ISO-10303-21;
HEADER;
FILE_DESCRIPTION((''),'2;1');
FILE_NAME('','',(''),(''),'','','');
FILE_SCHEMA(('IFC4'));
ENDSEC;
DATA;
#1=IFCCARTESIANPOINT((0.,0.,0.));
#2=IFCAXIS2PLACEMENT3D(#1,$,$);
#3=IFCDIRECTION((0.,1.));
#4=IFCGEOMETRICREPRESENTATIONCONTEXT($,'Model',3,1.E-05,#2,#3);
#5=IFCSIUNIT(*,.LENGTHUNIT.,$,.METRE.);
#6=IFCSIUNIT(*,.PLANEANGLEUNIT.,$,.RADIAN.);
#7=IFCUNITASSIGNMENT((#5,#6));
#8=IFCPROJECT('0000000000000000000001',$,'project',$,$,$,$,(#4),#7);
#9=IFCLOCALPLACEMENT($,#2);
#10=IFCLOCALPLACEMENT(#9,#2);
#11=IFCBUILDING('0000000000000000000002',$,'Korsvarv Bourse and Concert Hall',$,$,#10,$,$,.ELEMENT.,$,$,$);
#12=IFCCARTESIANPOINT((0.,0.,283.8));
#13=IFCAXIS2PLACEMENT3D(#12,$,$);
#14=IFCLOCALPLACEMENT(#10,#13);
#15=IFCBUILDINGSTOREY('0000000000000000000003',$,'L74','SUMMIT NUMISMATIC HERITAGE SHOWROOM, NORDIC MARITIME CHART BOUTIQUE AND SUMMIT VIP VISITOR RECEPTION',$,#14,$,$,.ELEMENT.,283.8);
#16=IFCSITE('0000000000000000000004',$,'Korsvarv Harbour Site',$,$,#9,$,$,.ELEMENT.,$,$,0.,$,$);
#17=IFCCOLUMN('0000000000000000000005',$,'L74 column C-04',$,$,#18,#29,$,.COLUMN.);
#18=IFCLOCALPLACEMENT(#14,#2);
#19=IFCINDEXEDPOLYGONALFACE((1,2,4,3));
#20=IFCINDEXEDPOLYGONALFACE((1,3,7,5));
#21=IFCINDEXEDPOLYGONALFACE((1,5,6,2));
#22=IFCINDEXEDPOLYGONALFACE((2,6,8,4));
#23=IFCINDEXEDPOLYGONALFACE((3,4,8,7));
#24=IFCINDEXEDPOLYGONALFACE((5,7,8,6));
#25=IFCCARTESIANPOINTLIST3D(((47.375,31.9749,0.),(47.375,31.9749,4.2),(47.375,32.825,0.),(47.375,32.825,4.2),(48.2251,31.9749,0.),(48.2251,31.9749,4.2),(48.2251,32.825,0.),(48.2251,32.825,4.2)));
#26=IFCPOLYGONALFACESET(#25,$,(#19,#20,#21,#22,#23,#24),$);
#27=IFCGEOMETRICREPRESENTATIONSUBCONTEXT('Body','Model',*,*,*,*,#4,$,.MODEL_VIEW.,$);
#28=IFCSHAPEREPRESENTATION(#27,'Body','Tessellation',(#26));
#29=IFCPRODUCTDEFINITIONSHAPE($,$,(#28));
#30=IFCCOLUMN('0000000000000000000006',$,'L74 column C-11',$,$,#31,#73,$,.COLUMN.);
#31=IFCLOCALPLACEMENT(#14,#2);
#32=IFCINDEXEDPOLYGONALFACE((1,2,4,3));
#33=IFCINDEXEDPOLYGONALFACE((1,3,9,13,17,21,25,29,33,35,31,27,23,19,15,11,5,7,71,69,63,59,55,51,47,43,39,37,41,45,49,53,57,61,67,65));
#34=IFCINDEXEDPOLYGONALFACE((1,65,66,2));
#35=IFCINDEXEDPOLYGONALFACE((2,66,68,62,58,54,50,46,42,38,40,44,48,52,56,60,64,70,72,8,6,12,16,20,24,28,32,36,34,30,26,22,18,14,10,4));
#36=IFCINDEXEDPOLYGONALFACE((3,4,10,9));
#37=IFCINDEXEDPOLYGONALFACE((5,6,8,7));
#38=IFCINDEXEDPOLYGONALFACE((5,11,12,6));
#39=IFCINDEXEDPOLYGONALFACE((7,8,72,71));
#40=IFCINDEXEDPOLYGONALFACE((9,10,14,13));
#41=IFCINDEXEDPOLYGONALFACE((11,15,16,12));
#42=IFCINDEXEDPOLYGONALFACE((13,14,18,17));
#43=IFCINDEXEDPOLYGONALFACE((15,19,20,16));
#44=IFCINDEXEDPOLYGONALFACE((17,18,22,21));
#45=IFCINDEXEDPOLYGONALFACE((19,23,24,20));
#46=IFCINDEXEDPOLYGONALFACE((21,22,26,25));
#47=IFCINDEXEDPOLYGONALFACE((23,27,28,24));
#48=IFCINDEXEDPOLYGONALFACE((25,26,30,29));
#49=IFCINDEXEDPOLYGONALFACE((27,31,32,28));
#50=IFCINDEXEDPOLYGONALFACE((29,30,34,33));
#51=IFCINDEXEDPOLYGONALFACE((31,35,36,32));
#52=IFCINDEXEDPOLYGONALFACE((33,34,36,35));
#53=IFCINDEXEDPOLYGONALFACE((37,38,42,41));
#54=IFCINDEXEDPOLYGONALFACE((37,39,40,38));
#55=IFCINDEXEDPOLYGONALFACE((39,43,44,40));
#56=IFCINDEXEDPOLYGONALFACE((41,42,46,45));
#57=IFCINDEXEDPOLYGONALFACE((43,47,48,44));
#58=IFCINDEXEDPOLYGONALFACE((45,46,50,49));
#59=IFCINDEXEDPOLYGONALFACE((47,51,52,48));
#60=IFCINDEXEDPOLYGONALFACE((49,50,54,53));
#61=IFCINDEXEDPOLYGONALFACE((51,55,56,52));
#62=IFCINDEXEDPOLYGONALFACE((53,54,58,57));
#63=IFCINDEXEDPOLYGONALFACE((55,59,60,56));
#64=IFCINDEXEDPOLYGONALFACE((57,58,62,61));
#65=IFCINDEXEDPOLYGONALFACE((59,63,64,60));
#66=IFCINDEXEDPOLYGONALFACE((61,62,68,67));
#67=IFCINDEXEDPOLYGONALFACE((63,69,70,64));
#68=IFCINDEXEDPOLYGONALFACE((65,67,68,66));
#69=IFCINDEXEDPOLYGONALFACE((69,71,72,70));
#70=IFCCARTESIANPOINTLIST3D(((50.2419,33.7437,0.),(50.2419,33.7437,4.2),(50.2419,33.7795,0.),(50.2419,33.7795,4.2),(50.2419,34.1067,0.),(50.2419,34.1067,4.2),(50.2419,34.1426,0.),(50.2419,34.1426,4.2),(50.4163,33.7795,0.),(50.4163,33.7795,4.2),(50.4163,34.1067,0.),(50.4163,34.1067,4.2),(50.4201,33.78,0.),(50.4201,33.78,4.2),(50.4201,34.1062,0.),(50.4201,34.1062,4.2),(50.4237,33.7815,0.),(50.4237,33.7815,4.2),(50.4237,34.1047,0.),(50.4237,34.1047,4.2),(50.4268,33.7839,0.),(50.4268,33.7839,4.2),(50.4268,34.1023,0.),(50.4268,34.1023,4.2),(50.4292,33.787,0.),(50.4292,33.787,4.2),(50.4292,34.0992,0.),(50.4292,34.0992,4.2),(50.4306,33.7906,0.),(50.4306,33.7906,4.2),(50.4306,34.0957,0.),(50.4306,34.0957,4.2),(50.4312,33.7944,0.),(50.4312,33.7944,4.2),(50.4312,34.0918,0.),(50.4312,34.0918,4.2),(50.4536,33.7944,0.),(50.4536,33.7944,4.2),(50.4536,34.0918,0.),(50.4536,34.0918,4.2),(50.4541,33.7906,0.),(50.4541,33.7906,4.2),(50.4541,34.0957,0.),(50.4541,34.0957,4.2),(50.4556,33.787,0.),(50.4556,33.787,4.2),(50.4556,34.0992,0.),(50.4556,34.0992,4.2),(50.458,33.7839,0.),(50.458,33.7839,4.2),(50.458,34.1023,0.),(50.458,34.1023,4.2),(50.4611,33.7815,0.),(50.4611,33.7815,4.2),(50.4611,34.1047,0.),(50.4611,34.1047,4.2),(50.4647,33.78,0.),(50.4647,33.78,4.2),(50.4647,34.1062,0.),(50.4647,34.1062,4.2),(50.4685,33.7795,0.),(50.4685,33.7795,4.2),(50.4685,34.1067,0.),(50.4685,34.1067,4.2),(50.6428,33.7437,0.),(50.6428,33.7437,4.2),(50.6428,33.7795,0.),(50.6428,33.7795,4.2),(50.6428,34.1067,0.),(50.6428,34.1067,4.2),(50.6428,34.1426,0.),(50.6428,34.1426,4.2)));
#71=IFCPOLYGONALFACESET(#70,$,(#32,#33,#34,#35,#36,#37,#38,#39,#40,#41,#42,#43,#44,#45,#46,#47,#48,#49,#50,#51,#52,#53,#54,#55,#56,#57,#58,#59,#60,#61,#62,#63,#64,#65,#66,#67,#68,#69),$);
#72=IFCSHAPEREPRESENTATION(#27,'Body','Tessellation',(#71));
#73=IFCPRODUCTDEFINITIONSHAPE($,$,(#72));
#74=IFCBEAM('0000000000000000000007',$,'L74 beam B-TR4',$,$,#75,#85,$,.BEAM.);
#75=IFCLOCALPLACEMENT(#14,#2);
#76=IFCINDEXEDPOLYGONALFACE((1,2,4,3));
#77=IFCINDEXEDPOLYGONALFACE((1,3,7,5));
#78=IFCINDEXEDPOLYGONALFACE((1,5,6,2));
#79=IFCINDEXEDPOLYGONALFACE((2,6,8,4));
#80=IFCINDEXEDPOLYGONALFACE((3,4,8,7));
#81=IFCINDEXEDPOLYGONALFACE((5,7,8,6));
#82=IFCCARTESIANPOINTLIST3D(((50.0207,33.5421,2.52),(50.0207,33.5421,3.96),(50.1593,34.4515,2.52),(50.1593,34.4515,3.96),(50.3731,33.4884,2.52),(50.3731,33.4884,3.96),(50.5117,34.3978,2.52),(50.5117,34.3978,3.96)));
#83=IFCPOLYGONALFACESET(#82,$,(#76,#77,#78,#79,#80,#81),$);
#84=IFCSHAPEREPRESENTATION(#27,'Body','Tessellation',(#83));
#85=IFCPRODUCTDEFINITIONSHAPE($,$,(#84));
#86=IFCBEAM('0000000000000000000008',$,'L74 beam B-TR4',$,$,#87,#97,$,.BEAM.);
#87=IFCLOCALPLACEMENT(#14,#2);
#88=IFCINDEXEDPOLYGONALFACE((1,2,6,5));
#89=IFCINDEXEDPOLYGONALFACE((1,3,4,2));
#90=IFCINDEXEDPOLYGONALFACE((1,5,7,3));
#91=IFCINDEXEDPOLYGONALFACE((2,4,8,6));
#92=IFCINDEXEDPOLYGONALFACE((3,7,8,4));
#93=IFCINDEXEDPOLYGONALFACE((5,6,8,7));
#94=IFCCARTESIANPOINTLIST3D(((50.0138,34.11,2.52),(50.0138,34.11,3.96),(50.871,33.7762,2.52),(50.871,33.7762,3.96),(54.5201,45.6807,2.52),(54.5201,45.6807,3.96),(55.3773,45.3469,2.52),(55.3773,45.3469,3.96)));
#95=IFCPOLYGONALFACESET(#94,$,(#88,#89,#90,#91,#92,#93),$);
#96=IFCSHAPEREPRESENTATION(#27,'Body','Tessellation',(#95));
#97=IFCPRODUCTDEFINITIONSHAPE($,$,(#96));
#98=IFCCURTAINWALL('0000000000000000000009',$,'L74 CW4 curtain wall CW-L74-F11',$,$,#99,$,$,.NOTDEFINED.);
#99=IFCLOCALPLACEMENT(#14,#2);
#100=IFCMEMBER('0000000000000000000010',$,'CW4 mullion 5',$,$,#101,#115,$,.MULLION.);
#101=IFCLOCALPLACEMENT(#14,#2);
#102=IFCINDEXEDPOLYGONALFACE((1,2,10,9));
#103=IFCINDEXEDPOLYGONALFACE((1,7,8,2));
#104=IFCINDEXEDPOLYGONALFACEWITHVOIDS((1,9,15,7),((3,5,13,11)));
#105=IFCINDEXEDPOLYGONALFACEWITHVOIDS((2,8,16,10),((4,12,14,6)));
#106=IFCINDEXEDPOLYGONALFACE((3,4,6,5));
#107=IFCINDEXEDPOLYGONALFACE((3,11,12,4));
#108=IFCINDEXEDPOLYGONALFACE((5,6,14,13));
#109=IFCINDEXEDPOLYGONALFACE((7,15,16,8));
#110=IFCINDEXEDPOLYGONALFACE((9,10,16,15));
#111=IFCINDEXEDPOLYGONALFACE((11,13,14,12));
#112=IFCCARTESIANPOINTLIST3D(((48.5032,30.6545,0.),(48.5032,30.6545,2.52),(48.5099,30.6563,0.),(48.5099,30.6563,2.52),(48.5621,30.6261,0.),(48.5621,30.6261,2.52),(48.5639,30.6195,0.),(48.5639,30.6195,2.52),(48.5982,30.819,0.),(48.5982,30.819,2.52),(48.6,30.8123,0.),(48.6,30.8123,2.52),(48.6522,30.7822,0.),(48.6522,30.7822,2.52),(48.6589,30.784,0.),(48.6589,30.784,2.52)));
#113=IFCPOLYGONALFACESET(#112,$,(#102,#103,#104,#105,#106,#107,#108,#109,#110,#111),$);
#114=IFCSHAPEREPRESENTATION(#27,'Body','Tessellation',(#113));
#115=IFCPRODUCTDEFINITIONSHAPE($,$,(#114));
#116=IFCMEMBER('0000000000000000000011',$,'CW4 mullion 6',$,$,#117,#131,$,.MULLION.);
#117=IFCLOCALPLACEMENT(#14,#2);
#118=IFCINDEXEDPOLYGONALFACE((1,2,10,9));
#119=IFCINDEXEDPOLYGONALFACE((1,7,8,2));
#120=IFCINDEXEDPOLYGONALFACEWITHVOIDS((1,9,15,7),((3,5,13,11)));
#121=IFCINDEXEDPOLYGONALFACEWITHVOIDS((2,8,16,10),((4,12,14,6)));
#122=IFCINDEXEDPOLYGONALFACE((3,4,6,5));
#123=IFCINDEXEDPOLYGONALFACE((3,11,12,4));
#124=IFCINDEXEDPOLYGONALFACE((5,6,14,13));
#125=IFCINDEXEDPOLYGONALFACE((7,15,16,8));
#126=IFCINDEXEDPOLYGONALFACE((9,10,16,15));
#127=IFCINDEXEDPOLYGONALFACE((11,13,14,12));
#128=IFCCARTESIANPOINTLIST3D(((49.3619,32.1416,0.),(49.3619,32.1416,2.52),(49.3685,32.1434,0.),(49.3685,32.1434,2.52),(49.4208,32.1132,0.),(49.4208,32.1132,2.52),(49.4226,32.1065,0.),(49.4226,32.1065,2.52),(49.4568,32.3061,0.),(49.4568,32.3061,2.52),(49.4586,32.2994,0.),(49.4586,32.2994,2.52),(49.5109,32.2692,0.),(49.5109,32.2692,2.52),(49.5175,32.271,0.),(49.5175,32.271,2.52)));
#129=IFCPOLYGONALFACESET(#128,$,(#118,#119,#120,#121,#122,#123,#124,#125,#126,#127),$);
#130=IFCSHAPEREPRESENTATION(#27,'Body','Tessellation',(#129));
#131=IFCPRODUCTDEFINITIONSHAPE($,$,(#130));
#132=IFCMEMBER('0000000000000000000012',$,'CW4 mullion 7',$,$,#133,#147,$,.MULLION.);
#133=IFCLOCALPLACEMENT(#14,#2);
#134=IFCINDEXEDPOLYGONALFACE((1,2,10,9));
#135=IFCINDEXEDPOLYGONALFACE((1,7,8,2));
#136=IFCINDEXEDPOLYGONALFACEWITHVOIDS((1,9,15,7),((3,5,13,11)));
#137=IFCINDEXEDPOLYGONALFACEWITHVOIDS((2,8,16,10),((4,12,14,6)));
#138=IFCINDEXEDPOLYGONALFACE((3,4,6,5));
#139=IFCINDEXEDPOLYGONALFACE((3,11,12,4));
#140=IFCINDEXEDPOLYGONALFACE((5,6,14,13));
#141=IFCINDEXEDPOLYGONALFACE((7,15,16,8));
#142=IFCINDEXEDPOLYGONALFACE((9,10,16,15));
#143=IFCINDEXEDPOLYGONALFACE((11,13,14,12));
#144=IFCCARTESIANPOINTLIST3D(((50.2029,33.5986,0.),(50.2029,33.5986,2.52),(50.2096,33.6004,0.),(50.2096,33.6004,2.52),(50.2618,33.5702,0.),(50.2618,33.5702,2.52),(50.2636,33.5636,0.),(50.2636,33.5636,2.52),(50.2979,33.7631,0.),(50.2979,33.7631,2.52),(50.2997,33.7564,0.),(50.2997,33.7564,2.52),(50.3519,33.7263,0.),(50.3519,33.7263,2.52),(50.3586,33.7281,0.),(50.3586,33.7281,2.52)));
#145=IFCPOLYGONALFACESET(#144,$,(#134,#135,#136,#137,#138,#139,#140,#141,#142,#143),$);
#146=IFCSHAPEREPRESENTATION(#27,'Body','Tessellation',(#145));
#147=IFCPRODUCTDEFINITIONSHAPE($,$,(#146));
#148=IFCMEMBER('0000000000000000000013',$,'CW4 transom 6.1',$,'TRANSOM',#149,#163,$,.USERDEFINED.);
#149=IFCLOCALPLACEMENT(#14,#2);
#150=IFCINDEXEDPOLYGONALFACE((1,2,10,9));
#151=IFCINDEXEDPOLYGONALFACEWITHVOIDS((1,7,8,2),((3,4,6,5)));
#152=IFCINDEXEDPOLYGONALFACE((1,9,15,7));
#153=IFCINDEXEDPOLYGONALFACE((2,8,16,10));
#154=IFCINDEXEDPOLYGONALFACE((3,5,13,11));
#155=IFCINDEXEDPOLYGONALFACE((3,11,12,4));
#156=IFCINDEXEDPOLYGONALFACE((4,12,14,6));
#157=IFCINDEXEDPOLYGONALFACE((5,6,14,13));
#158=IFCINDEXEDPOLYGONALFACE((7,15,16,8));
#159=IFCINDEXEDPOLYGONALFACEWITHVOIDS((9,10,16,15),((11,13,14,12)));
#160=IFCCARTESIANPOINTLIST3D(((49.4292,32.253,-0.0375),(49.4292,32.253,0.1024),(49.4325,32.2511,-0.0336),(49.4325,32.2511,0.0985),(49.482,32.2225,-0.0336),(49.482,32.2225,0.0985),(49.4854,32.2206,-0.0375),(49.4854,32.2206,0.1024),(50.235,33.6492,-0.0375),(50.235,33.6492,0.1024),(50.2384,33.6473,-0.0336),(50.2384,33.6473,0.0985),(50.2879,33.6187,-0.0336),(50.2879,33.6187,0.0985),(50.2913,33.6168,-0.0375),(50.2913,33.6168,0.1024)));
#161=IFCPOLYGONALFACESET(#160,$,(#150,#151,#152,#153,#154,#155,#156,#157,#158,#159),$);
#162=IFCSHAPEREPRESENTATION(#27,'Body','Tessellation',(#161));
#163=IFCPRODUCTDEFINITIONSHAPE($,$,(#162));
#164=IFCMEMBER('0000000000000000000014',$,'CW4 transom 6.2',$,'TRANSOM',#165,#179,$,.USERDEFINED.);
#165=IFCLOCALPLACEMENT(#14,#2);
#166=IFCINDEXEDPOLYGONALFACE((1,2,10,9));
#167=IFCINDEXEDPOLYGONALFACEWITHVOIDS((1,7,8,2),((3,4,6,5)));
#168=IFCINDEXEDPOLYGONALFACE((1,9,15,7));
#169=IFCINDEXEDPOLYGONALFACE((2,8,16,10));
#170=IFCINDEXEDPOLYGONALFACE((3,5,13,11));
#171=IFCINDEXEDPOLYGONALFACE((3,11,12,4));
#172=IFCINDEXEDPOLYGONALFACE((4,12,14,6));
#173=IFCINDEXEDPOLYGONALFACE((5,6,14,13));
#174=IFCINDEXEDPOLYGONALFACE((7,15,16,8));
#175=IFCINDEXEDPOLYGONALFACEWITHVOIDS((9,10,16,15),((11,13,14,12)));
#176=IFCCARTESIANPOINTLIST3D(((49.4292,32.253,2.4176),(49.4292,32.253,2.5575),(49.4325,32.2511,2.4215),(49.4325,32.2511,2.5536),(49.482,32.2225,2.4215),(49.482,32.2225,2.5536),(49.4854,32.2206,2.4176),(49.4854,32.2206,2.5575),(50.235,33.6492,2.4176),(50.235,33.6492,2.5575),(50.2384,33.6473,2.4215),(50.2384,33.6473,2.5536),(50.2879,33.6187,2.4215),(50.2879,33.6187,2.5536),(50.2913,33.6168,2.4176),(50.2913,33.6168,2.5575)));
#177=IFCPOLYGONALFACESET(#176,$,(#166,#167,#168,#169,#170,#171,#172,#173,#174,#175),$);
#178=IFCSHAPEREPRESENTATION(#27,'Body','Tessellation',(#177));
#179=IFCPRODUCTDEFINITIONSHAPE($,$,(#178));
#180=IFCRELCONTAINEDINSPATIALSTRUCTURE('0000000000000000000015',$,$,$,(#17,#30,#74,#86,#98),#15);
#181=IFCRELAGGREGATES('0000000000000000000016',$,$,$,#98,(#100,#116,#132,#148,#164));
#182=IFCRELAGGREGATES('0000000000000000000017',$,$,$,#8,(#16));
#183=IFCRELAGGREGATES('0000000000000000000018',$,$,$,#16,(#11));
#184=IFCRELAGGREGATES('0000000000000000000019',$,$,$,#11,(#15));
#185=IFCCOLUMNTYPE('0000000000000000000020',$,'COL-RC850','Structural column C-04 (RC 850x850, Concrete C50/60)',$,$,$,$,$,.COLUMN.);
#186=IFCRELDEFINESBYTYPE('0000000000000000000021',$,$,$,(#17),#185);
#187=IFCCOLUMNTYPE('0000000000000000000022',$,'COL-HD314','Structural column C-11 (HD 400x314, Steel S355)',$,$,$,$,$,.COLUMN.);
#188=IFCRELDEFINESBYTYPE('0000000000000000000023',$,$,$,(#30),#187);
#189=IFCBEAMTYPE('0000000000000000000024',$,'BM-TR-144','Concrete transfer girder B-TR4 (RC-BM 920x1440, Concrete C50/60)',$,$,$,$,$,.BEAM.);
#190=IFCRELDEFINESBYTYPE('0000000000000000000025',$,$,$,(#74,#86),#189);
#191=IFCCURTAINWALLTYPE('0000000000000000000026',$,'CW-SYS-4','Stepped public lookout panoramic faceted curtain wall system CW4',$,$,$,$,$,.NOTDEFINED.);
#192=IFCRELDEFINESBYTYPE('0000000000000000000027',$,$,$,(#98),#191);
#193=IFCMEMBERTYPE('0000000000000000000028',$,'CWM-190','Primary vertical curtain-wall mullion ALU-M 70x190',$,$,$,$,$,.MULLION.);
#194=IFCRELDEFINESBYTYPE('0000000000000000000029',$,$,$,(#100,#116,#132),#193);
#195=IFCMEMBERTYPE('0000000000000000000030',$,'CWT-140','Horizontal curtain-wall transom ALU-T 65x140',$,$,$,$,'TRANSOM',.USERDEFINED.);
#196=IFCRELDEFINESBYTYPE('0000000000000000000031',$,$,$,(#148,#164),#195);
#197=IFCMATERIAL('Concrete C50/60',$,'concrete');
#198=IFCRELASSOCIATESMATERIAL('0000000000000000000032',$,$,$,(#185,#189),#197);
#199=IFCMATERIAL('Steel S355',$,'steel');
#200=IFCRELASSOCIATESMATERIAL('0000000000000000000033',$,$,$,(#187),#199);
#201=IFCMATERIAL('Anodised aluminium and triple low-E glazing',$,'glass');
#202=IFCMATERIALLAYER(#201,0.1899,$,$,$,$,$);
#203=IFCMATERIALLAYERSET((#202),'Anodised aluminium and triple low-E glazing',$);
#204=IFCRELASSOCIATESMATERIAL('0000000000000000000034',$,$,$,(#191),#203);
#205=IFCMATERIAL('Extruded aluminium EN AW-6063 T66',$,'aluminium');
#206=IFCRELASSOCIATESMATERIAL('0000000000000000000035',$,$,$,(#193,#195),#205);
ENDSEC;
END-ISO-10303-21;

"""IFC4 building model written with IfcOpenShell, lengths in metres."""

from ifc_helpers import new_model, si_unit, direction, frame, origin, origin_2d, place, context, subcontext, project, spatial, rectangle, hollow_rectangle, i_section, extrude, source, transform, mapped, material, layer, layer_set, material_profile, profile_set, type_object, element, aggregate, save


model = new_model("IFC4")

# Units and contexts
model_context = context("Model", 3, precision=1e-05, world=origin(), true_north=direction((0.0, 1.0)))
body_context = subcontext(model_context, "Body", "Model", "MODEL_VIEW")
ifc_project = project(units=[si_unit("LENGTHUNIT", "METRE"), si_unit("PLANEANGLEUNIT", "RADIAN")], contexts=[model_context])

# Site, building, storey
site_placement = place(None, origin())
site = spatial("IfcSite", under=ifc_project, at=site_placement, Name="Korsvarv Harbour Site", CompositionType="ELEMENT", RefElevation=0.0)
building_placement = place(site_placement, origin())
building = spatial("IfcBuilding", under=site, at=building_placement, Name="Korsvarv Bourse and Concert Hall", CompositionType="ELEMENT")
storey_placement = place(building_placement, frame((0.0, 0.0, 283.8)))
storey = spatial("IfcBuildingStorey", under=building, at=storey_placement, Name="L74", Description="SUMMIT NUMISMATIC HERITAGE SHOWROOM, NORDIC MARITIME CHART BOUTIQUE AND SUMMIT VIP VISITOR RECEPTION", CompositionType="ELEMENT", Elevation=283.8)

# Columns
ifc_material_1 = material(Name="Concrete C50/60", Category="concrete")
ifc_material_profile_1 = material_profile(ifc_material_1, rectangle(XDim=0.8501, YDim=0.8501, at=origin_2d()), Name="RC 850x850")
ifc_profile_set_1 = profile_set([ifc_material_profile_1], Name="Concrete C50/60")
column_type_1 = type_object("IfcColumnType", Name="COL-RC850", Description="Structural column C-04 (RC 850x850, Concrete C50/60)", PredefinedType="COLUMN", material=ifc_profile_set_1)
shared_shape_1 = source(origin(), body_context, "Body", "SweptSolid", [
    extrude(rectangle(XDim=0.8501, YDim=0.8501, at=origin_2d()), origin(), (0.0, 0.0, 1.0), 4.2),
])
column_1_placement = place(storey_placement, frame((47.8, 32.3999, 0.0), z_axis=(0.0, 0.0, 1.0), x_axis=(1.0, 0.0, 0.0)))
element("IfcColumn", 1, at=column_1_placement, inside=storey, type_object=column_type_1, Name="L74 column C-04", PredefinedType="COLUMN", context=body_context, shape_type="MappedRepresentation", body=[
    mapped(shared_shape_1, transform((0.0, 0.0, 0.0), scale=1.0)),
])
ifc_material_2 = material(Name="Steel S355", Category="steel")
ifc_material_profile_2 = material_profile(ifc_material_2, i_section(OverallWidth=0.4009, OverallDepth=0.3989, WebThickness=0.0225, FlangeThickness=0.0359, FilletRadius=0.0149, at=origin_2d()), Name="HD 400x314")
ifc_profile_set_2 = profile_set([ifc_material_profile_2], Name="Steel S355")
column_type_2 = type_object("IfcColumnType", Name="COL-HD314", Description="Structural column C-11 (HD 400x314, Steel S355)", PredefinedType="COLUMN", material=ifc_profile_set_2)
shared_shape_2 = source(origin(), body_context, "Body", "SweptSolid", [
    extrude(i_section(OverallWidth=0.4009, OverallDepth=0.3989, WebThickness=0.0225, FlangeThickness=0.0359, FilletRadius=0.0149, at=origin_2d()), origin(), (0.0, 0.0, 1.0), 4.2),
])
column_2_placement = place(storey_placement, frame((50.4424, 33.9431, 0.0), z_axis=(0.0, 0.0, 1.0), x_axis=(1.0, 0.0, 0.0)))
element("IfcColumn", 2, at=column_2_placement, inside=storey, type_object=column_type_2, Name="L74 column C-11", PredefinedType="COLUMN", context=body_context, shape_type="MappedRepresentation", body=[
    mapped(shared_shape_2, transform((0.0, 0.0, 0.0), scale=1.0)),
])

# Beams
ifc_material_profile_3 = material_profile(ifc_material_1, rectangle(XDim=0.9199, YDim=1.4399, at=origin_2d()), Name="RC-BM 920x1440")
ifc_profile_set_3 = profile_set([ifc_material_profile_3], Name="Concrete C50/60")
beam_type = type_object("IfcBeamType", Name="BM-TR-144", Description="Concrete transfer girder B-TR4 (RC-BM 920x1440, Concrete C50/60)", PredefinedType="BEAM", material=ifc_profile_set_3)
shared_shape_3 = source(origin(), body_context, "Body", "SweptSolid", [
    extrude(rectangle(XDim=0.9199, YDim=1.4399, at=origin_2d()), origin(), (0.0, 0.0, 1.0), 0.3564),
])
beam_1_placement = place(storey_placement, frame((50.4424, 33.9431, 3.24), z_axis=(-0.988577, 0.150719, 0.0), x_axis=(-0.150719, -0.988577, 0.0)))
element("IfcBeam", 3, at=beam_1_placement, inside=storey, type_object=beam_type, Name="L74 beam B-TR4", PredefinedType="BEAM", context=body_context, shape_type="MappedRepresentation", body=[
    mapped(shared_shape_3, transform((0.0, 0.0, 0.0), scale=1.0)),
])
shared_shape_4 = source(origin(), body_context, "Body", "SweptSolid", [
    extrude(rectangle(XDim=0.9199, YDim=1.4399, at=origin_2d()), origin(), (0.0, 0.0, 1.0), 12.4172),
])
beam_2_placement = place(storey_placement, frame((50.4424, 33.9431, 3.24), z_axis=(0.362907, 0.931825, 0.0), x_axis=(-0.931825, 0.362907, 0.0)))
element("IfcBeam", 4, at=beam_2_placement, inside=storey, type_object=beam_type, Name="L74 beam B-TR4", PredefinedType="BEAM", context=body_context, shape_type="MappedRepresentation", body=[
    mapped(shared_shape_4, transform((0.0, 0.0, 0.0), scale=1.0)),
])

# Curtain wall, members
ifc_material_3 = material(Name="Anodised aluminium and triple low-E glazing", Category="glass")
ifc_layer_1 = layer(ifc_material_3, 0.1899)
ifc_layer_set_1 = layer_set([ifc_layer_1], Name="Anodised aluminium and triple low-E glazing")
curtain_wall_type = type_object("IfcCurtainWallType", Name="CW-SYS-4", Description="Stepped public lookout panoramic faceted curtain wall system CW4", PredefinedType="NOTDEFINED", material=ifc_layer_set_1)
curtain_wall_placement = place(storey_placement, origin())
curtain_wall = element("IfcCurtainWall", 5, at=curtain_wall_placement, inside=storey, type_object=curtain_wall_type, Name="L74 CW4 curtain wall CW-L74-F11", PredefinedType="NOTDEFINED")
ifc_material_4 = material(Name="Extruded aluminium EN AW-6063 T66", Category="aluminium")
ifc_material_profile_4 = material_profile(ifc_material_4, hollow_rectangle(XDim=0.0701, YDim=0.1899, WallThickness=0.0049, at=origin_2d()), Name="ALU-M 70x190")
ifc_profile_set_4 = profile_set([ifc_material_profile_4], Name="Extruded aluminium EN AW-6063 T66")
member_type_1 = type_object("IfcMemberType", Name="CWM-190", Description="Primary vertical curtain-wall mullion ALU-M 70x190", PredefinedType="MULLION", material=ifc_profile_set_4)
shared_shape_5 = source(origin(), body_context, "Body", "SweptSolid", [
    extrude(hollow_rectangle(XDim=0.0701, YDim=0.1899, WallThickness=0.0049, at=origin_2d()), origin(), (0.0, 0.0, 1.0), 2.52),
])
member_1_placement = place(storey_placement, frame((48.5811, 30.7192, 0.0), z_axis=(0.0, 0.0, 1.0), x_axis=(-0.866028, 0.499996, 0.0)))
member_1 = element("IfcMember", 6, at=member_1_placement, type_object=member_type_1, Name="CW4 mullion 5", PredefinedType="MULLION", context=body_context, shape_type="MappedRepresentation", body=[
    mapped(shared_shape_5, transform((0.0, 0.0, 0.0), scale=1.0)),
])
member_2_placement = place(storey_placement, frame((49.4397, 32.2063, 0.0), z_axis=(0.0, 0.0, 1.0), x_axis=(-0.866028, 0.499996, 0.0)))
member_2 = element("IfcMember", 7, at=member_2_placement, type_object=member_type_1, Name="CW4 mullion 6", PredefinedType="MULLION", context=body_context, shape_type="MappedRepresentation", body=[
    mapped(shared_shape_5, transform((0.0, 0.0, 0.0), scale=1.0)),
])
member_3_placement = place(storey_placement, frame((50.2808, 33.6633, 0.0), z_axis=(0.0, 0.0, 1.0), x_axis=(-0.866028, 0.499996, 0.0)))
member_3 = element("IfcMember", 8, at=member_3_placement, type_object=member_type_1, Name="CW4 mullion 7", PredefinedType="MULLION", context=body_context, shape_type="MappedRepresentation", body=[
    mapped(shared_shape_5, transform((0.0, 0.0, 0.0), scale=1.0)),
])
ifc_material_profile_5 = material_profile(ifc_material_4, hollow_rectangle(XDim=0.0649, YDim=0.1399, WallThickness=0.0039, at=origin_2d()), Name="ALU-T 65x140")
ifc_profile_set_5 = profile_set([ifc_material_profile_5], Name="Extruded aluminium EN AW-6063 T66")
member_type_2 = type_object("IfcMemberType", Name="CWT-140", Description="Horizontal curtain-wall transom ALU-T 65x140", ElementType="TRANSOM", PredefinedType="USERDEFINED", material=ifc_profile_set_5)
shared_shape_6 = source(origin(), body_context, "Body", "SweptSolid", [
    extrude(hollow_rectangle(XDim=0.0649, YDim=0.1399, WallThickness=0.0039, at=origin_2d()), origin(), (0.0, 0.0, 1.0), 1.6121),
])
member_4_placement = place(storey_placement, frame((49.4573, 32.2368, 0.0325), z_axis=(0.499902, 0.866082, 0.0), x_axis=(-0.866082, 0.499902, 0.0)))
member_4 = element("IfcMember", 9, at=member_4_placement, type_object=member_type_2, Name="CW4 transom 6.1", ObjectType="TRANSOM", PredefinedType="USERDEFINED", context=body_context, shape_type="MappedRepresentation", body=[
    mapped(shared_shape_6, transform((0.0, 0.0, 0.0), scale=1.0)),
])
member_5_placement = place(storey_placement, frame((49.4573, 32.2368, 2.4875), z_axis=(0.499902, 0.866082, 0.0), x_axis=(-0.866082, 0.499902, 0.0)))
member_5 = element("IfcMember", 10, at=member_5_placement, type_object=member_type_2, Name="CW4 transom 6.2", ObjectType="TRANSOM", PredefinedType="USERDEFINED", context=body_context, shape_type="MappedRepresentation", body=[
    mapped(shared_shape_6, transform((0.0, 0.0, 0.0), scale=1.0)),
])
aggregate(curtain_wall, [member_1, member_2, member_3, member_4, member_5])

save(model, "model.ifc")
